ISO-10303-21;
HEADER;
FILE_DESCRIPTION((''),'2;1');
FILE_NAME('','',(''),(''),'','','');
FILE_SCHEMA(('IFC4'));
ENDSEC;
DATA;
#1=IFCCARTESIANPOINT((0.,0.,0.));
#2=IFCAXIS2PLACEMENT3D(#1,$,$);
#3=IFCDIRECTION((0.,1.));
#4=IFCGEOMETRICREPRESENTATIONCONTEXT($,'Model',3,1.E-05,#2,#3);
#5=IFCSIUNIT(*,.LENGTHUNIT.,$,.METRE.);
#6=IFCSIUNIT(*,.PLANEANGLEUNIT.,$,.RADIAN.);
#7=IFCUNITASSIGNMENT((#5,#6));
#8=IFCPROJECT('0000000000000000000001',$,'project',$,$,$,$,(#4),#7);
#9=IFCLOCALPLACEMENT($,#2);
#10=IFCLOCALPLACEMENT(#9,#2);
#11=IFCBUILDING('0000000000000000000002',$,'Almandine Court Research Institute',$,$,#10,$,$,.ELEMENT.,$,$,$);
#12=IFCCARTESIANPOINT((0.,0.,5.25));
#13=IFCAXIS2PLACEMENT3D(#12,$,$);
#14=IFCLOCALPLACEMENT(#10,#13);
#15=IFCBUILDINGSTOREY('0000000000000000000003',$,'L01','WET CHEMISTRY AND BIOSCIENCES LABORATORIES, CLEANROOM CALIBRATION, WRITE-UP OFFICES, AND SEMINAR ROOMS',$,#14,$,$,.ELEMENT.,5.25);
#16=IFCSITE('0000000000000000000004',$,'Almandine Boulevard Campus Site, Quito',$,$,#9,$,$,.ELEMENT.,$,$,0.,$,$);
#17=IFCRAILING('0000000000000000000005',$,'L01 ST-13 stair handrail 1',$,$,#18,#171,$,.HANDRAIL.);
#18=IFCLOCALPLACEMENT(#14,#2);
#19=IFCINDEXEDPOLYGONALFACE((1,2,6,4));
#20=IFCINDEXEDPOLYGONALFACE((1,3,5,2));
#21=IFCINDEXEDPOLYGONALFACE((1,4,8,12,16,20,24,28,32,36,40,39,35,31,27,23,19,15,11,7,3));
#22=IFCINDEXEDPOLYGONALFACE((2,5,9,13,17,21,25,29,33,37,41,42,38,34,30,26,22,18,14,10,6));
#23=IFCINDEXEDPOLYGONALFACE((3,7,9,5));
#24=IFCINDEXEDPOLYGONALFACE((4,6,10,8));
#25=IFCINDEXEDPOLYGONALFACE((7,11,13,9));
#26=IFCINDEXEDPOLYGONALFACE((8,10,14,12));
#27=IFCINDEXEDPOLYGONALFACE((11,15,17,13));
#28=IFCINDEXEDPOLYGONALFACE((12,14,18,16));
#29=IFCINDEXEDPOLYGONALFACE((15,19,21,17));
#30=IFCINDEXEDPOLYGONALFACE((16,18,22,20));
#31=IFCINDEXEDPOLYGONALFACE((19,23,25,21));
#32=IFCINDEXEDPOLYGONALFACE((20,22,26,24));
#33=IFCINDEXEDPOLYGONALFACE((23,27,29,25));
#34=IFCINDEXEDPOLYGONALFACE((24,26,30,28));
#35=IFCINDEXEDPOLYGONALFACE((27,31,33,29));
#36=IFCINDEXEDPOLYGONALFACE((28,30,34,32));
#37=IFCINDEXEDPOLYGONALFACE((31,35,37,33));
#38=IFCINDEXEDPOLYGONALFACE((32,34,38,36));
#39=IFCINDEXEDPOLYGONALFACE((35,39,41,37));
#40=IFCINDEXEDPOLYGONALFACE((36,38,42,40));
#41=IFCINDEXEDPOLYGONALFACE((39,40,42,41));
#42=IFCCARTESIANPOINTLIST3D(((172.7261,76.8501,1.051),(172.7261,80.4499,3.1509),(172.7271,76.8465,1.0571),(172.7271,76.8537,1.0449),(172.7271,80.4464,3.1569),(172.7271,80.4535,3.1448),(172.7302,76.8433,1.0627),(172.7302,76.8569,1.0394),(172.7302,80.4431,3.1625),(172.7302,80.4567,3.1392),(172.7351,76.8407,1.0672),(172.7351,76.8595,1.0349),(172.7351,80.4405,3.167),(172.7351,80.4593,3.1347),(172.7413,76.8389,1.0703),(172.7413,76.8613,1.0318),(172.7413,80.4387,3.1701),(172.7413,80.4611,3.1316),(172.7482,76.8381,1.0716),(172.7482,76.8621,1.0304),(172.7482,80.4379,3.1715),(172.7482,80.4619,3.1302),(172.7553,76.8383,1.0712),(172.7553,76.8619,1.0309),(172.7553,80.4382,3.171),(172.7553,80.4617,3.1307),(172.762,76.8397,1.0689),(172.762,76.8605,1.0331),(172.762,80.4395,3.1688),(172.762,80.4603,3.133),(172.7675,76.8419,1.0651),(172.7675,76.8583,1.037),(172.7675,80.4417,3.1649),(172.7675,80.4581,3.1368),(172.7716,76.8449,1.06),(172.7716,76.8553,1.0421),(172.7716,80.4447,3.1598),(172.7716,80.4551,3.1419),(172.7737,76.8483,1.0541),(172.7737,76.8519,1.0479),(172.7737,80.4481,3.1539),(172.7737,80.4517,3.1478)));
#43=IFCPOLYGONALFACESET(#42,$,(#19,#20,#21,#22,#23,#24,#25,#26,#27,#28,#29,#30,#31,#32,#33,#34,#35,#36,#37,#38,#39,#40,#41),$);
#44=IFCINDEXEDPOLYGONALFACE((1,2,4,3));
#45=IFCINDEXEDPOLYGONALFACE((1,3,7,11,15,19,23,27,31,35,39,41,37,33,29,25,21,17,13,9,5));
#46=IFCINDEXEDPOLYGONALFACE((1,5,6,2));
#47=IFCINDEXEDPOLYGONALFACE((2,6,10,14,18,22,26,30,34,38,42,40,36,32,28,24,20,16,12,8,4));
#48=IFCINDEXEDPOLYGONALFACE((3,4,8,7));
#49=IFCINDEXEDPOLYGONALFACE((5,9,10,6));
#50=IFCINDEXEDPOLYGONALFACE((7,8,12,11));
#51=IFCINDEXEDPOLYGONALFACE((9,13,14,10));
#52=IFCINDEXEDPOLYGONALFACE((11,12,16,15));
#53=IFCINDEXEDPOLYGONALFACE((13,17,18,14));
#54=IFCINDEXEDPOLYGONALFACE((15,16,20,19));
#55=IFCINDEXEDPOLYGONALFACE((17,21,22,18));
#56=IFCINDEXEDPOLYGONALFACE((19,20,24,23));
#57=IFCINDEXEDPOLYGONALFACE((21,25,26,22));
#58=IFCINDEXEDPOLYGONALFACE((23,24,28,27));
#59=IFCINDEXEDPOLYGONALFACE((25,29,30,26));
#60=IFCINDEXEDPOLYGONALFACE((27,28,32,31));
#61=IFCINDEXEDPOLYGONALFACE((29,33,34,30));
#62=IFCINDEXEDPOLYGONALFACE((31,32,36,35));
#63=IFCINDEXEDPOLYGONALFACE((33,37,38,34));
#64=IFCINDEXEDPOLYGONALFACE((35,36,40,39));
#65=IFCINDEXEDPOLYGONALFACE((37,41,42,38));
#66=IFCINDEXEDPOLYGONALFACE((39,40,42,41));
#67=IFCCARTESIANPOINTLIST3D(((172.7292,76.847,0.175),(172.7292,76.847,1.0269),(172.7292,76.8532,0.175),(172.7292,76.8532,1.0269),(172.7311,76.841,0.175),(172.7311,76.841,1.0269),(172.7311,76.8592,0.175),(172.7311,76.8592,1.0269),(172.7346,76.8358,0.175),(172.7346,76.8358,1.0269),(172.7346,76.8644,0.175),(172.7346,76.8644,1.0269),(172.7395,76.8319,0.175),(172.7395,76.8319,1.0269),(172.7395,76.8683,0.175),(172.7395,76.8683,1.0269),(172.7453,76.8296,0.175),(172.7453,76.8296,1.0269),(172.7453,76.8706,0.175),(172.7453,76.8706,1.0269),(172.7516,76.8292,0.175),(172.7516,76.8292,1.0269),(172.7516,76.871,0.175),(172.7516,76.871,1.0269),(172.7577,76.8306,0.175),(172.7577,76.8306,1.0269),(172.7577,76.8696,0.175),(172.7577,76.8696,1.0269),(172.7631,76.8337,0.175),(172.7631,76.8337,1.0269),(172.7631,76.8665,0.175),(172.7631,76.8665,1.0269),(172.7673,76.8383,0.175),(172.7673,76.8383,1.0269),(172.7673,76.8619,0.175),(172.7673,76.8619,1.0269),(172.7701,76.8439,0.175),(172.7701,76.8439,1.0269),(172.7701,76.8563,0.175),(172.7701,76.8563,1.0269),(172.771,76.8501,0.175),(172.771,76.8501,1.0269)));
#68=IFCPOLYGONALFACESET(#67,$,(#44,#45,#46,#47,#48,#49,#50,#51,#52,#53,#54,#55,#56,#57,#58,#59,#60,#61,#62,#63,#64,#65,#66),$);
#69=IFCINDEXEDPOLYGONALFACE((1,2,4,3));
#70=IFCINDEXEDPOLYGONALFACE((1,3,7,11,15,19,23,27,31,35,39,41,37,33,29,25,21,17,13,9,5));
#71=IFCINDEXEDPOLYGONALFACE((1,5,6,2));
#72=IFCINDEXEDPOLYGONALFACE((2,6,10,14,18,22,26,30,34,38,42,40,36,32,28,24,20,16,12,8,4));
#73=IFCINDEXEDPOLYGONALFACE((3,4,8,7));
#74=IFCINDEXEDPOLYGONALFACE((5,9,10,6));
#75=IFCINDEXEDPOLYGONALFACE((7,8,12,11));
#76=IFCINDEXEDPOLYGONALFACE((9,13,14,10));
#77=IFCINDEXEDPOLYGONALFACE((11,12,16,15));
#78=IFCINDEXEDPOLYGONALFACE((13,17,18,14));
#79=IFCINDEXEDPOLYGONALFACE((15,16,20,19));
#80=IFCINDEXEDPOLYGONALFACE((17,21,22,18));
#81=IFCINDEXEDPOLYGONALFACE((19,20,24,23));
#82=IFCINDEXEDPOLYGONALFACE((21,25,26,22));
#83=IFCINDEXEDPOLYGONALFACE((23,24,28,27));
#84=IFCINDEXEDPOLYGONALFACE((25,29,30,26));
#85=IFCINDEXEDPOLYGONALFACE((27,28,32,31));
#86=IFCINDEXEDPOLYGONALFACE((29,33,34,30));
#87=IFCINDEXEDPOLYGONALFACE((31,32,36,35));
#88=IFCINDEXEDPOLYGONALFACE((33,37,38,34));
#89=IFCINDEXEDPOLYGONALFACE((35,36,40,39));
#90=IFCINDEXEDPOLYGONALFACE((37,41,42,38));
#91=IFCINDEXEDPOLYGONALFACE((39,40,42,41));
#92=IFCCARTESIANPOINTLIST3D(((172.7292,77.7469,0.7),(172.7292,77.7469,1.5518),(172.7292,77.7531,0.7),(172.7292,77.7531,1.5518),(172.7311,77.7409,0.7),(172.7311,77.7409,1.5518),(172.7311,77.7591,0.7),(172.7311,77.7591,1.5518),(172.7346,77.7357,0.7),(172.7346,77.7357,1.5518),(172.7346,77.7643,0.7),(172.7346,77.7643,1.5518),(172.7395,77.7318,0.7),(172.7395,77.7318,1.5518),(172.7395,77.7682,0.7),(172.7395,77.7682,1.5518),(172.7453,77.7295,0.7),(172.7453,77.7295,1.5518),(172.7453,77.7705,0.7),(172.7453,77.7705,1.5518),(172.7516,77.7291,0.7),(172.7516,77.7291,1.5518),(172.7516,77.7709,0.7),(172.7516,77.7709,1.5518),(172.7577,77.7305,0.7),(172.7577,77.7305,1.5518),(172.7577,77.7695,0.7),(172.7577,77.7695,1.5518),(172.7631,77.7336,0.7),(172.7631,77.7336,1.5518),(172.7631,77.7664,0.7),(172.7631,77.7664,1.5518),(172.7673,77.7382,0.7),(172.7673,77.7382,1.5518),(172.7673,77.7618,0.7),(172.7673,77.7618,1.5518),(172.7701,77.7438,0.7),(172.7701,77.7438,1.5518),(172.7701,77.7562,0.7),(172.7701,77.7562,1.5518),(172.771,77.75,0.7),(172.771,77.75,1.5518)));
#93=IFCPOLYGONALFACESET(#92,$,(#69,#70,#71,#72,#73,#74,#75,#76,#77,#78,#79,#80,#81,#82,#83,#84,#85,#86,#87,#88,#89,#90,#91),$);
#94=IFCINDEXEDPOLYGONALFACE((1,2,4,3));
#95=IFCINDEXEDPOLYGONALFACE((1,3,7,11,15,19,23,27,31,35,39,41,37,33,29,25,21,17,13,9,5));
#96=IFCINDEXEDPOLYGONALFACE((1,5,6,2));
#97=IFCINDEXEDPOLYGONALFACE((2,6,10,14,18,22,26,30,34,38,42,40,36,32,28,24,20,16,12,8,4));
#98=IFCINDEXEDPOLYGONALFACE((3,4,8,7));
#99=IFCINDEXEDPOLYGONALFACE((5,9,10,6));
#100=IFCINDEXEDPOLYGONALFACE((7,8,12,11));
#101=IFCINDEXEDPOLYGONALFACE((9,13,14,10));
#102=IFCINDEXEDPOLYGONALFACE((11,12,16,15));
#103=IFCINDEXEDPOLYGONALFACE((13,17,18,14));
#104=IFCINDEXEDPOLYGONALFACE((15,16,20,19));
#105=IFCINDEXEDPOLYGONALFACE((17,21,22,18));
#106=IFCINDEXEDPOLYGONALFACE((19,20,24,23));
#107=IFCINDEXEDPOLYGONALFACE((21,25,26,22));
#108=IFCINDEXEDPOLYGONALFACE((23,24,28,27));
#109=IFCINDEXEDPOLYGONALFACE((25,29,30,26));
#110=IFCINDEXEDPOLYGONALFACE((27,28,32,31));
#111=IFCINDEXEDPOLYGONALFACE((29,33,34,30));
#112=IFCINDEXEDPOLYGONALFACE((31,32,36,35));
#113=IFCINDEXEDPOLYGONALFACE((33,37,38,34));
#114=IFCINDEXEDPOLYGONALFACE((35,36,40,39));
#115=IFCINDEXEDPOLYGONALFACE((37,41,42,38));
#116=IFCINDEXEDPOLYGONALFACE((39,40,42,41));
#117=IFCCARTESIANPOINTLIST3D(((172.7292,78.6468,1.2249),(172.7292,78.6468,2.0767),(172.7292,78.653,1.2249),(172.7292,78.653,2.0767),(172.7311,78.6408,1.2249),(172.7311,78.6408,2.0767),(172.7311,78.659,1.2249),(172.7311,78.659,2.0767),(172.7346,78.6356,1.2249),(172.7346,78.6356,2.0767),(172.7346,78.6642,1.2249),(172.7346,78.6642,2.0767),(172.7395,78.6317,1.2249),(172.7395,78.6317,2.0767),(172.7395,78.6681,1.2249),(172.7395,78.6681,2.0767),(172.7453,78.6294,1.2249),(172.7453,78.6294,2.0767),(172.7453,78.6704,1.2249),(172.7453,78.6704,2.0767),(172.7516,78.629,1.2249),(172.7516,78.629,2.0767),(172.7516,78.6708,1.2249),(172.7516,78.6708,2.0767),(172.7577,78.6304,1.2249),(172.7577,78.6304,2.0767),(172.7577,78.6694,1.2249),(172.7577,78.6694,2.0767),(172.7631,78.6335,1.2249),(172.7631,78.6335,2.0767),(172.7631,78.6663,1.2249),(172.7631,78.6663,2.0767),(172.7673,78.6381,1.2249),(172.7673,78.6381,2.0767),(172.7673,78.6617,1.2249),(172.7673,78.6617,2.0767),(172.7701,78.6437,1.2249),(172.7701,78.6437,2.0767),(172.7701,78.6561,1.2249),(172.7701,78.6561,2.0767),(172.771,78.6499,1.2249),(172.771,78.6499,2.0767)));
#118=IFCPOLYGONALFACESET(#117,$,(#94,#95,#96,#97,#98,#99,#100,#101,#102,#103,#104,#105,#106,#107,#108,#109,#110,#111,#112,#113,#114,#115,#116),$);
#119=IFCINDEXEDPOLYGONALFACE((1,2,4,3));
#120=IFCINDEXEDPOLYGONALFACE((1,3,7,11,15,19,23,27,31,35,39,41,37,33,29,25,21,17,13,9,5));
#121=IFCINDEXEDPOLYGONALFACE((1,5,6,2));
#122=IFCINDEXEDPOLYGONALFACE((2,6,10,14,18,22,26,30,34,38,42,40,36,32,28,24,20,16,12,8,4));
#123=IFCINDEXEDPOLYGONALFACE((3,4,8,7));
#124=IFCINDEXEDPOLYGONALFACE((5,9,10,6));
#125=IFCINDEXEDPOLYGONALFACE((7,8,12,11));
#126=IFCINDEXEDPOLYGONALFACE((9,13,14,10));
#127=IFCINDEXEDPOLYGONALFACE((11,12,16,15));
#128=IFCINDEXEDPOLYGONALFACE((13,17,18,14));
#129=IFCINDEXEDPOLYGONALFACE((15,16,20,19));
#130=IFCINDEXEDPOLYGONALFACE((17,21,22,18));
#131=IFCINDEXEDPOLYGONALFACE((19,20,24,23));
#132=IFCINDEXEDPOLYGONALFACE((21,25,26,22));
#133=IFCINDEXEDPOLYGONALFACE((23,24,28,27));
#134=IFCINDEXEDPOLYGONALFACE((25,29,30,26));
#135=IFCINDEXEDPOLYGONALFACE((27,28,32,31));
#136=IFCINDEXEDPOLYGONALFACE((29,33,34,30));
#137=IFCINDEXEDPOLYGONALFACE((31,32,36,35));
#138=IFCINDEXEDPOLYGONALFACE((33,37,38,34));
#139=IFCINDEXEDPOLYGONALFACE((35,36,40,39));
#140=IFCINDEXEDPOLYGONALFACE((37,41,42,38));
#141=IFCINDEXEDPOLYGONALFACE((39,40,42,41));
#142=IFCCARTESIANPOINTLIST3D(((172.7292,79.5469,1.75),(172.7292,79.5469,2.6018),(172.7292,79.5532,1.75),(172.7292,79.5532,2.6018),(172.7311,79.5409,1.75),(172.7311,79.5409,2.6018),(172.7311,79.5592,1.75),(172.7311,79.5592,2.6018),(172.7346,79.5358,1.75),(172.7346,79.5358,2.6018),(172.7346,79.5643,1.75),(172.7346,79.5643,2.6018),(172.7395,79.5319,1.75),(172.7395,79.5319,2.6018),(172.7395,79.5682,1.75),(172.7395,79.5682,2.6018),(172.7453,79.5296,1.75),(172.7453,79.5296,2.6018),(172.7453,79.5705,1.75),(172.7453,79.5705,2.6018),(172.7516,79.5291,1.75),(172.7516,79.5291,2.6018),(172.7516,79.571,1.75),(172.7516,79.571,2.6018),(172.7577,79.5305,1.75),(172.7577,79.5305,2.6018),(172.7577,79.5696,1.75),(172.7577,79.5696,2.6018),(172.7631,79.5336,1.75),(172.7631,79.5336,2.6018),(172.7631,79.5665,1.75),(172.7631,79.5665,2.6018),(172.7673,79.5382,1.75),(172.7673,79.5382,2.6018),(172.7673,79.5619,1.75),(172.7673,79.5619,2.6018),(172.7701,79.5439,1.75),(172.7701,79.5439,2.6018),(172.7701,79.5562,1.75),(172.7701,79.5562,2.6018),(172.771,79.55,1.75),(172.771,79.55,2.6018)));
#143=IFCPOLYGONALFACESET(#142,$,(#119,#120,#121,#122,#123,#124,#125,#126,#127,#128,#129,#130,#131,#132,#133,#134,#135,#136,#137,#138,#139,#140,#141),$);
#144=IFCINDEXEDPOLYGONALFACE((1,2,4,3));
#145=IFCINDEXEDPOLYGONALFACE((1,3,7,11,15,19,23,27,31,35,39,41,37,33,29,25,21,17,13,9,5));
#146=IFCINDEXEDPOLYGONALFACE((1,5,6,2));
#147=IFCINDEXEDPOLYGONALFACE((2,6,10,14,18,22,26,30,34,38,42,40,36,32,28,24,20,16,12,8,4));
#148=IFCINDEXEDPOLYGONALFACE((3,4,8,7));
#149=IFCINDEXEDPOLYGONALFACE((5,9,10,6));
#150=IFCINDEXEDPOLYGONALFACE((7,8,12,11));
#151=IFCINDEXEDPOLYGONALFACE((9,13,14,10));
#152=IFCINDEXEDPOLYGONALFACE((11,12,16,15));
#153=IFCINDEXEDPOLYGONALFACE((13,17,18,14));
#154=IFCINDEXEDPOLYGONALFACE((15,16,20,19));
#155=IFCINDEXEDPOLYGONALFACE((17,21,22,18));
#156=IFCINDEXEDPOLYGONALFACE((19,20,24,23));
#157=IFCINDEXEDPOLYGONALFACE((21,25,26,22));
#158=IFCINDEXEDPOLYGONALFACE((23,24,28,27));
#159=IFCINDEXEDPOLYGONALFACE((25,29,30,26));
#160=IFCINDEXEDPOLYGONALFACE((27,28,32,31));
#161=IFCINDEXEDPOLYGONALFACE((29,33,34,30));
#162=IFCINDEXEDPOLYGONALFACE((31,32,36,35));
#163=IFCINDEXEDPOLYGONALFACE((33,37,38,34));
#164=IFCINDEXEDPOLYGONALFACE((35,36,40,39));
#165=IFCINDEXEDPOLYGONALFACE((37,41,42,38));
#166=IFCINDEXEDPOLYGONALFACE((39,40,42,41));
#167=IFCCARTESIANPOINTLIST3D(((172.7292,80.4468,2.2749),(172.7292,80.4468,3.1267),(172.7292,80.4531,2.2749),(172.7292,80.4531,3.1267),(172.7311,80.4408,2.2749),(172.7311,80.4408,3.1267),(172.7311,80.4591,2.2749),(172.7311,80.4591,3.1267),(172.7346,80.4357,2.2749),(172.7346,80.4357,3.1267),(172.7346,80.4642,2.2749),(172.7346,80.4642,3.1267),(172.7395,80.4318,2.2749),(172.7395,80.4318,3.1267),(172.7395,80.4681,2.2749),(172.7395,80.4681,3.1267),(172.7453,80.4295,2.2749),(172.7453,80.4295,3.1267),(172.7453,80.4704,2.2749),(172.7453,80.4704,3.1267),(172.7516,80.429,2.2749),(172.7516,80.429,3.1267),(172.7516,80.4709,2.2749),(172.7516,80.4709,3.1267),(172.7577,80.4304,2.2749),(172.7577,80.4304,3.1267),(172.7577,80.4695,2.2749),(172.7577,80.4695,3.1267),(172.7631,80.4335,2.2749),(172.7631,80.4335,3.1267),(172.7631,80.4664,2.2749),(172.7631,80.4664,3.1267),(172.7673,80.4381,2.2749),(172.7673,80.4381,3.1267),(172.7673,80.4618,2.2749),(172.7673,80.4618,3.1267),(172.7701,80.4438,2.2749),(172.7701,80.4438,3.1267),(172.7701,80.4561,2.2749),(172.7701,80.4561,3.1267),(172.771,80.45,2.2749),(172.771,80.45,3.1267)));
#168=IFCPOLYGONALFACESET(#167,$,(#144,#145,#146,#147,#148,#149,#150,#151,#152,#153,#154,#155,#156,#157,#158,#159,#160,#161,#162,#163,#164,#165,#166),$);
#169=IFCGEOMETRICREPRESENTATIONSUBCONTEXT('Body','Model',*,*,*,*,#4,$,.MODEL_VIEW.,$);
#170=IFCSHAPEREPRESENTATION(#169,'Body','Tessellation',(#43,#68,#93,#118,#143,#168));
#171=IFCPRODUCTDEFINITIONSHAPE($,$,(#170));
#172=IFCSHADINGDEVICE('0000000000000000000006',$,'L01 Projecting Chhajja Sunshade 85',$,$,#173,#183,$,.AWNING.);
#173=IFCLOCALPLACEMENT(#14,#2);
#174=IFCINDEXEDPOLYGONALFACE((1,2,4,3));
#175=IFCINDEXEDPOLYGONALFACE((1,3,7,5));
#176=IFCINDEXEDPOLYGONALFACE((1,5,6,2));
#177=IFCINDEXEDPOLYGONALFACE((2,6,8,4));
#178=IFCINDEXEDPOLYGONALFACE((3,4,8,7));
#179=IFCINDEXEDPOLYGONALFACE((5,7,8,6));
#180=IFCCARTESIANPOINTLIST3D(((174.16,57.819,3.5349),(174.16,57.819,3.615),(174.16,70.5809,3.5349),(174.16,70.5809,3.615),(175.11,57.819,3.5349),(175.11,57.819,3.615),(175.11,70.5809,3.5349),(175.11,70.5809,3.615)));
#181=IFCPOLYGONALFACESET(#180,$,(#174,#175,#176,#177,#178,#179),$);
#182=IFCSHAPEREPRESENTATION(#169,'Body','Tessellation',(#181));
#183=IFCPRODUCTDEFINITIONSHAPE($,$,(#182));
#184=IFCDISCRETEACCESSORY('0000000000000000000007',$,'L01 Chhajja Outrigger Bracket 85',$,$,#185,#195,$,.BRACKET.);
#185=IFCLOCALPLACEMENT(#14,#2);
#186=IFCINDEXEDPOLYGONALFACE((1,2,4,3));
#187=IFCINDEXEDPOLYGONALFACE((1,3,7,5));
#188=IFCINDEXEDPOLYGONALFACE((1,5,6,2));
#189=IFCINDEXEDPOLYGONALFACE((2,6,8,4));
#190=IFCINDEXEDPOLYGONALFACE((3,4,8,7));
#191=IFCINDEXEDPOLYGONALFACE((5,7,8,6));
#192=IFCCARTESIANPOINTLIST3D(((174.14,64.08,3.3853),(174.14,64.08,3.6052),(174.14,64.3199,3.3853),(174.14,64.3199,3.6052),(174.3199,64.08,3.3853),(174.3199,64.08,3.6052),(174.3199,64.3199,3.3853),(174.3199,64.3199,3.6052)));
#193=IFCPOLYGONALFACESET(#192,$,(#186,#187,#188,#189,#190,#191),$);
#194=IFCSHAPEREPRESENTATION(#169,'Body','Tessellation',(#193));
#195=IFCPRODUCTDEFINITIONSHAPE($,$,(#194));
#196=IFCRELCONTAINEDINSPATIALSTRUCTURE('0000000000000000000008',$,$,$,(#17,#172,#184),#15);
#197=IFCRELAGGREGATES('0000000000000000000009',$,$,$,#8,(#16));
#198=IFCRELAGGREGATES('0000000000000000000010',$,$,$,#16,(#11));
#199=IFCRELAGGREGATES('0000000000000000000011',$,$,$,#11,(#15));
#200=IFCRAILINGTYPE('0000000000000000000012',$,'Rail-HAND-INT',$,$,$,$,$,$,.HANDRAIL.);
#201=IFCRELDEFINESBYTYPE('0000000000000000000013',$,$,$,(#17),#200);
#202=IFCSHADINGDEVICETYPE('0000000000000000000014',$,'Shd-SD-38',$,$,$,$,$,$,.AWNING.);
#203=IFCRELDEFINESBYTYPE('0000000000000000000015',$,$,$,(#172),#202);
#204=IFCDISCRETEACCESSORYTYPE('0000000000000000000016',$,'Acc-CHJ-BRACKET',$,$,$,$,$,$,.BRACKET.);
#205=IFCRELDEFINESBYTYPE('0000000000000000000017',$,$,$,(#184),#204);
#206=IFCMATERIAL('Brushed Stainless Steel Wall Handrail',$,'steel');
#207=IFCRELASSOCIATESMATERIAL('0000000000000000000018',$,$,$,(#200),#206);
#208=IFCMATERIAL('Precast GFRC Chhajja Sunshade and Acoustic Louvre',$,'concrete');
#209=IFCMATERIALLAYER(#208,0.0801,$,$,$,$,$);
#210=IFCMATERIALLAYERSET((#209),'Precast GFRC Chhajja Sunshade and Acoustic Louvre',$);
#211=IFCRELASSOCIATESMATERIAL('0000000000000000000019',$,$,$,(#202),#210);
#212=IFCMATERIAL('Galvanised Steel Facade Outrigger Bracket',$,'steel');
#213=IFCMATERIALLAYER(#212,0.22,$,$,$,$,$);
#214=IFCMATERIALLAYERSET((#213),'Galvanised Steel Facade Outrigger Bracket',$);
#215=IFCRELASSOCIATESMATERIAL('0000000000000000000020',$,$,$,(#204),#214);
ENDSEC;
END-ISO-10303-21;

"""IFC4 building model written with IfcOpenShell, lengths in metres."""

from ifc_helpers import new_model, si_unit, direction, frame, origin, origin_2d, place, context, subcontext, project, spatial, rectangle, circle, extrude, material, layer, layer_set, type_object, element, save


model = new_model("IFC4")

# Units and contexts
model_context = context("Model", 3, precision=1e-05, world=origin(), true_north=direction((0.0, 1.0)))
body_context = subcontext(model_context, "Body", "Model", "MODEL_VIEW")
ifc_project = project(units=[si_unit("LENGTHUNIT", "METRE"), si_unit("PLANEANGLEUNIT", "RADIAN")], contexts=[model_context])

# Site, building, storey
site_placement = place(None, origin())
site = spatial("IfcSite", under=ifc_project, at=site_placement, Name="Almandine Boulevard Campus Site, Quito", CompositionType="ELEMENT", RefElevation=0.0)
building_placement = place(site_placement, origin())
building = spatial("IfcBuilding", under=site, at=building_placement, Name="Almandine Court Research Institute", CompositionType="ELEMENT")
storey_placement = place(building_placement, frame((0.0, 0.0, 5.25)))
storey = spatial("IfcBuildingStorey", under=building, at=storey_placement, Name="L01", Description="WET CHEMISTRY AND BIOSCIENCES LABORATORIES, CLEANROOM CALIBRATION, WRITE-UP OFFICES, AND SEMINAR ROOMS", CompositionType="ELEMENT", Elevation=5.25)

# Railing
ifc_material_1 = material(Name="Brushed Stainless Steel Wall Handrail", Category="steel")
railing_type_1 = type_object("IfcRailingType", Name="Rail-HAND-INT", PredefinedType="HANDRAIL", material=ifc_material_1)
railing_1_placement = place(storey_placement, frame((172.75, 76.8501, 0.175)))
element("IfcRailing", 1, at=railing_1_placement, inside=storey, type_object=railing_type_1, Name="L01 ST-13 stair handrail 1", PredefinedType="HANDRAIL", context=body_context, shape_type="SweptSolid", body=[
    extrude(circle(Radius=0.0239, at=origin_2d()), frame((0.0, 0.0, 0.876), z_axis=(0.0, 0.863785, 0.50386), x_axis=(-1.0, 0.0, 0.0)), (0.0, 0.0, 1.0), 4.1675),
    extrude(circle(Radius=0.021, at=origin_2d()), origin(), (0.0, 0.0, 1.0), 0.8518),
    extrude(circle(Radius=0.021, at=origin_2d()), frame((0.0, 0.8999, 0.5249)), (0.0, 0.0, 1.0), 0.8518),
    extrude(circle(Radius=0.021, at=origin_2d()), frame((0.0, 1.7998, 1.0498)), (0.0, 0.0, 1.0), 0.8518),
    extrude(circle(Radius=0.021, at=origin_2d()), frame((0.0, 2.7, 1.575)), (0.0, 0.0, 1.0), 0.8518),
    extrude(circle(Radius=0.021, at=origin_2d()), frame((0.0, 3.5999, 2.0999)), (0.0, 0.0, 1.0), 0.8518),
])

# Shading device
ifc_material_2 = material(Name="Precast GFRC Chhajja Sunshade and Acoustic Louvre", Category="concrete")
ifc_layer_1 = layer(ifc_material_2, 0.0801)
ifc_layer_set_1 = layer_set([ifc_layer_1], Name="Precast GFRC Chhajja Sunshade and Acoustic Louvre")
shading_device_type = type_object("IfcShadingDeviceType", Name="Shd-SD-38", PredefinedType="AWNING", material=ifc_layer_set_1)
shading_device_placement = place(storey_placement, frame((174.635, 64.2, 3.5349), z_axis=(0.0, 0.0, 1.0), x_axis=(0.0, -1.0, 0.0)))
element("IfcShadingDevice", 2, at=shading_device_placement, inside=storey, type_object=shading_device_type, Name="L01 Projecting Chhajja Sunshade 85", PredefinedType="AWNING", context=body_context, shape_type="SweptSolid", body=[
    extrude(rectangle(XDim=12.762, YDim=0.95, at=origin_2d()), origin(), (0.0, 0.0, 1.0), 0.0801),
])

# Discrete accessory
ifc_material_3 = material(Name="Galvanised Steel Facade Outrigger Bracket", Category="steel")
ifc_layer_2 = layer(ifc_material_3, 0.22)
ifc_layer_set_2 = layer_set([ifc_layer_2], Name="Galvanised Steel Facade Outrigger Bracket")
discrete_accessory_type = type_object("IfcDiscreteAccessoryType", Name="Acc-CHJ-BRACKET", PredefinedType="BRACKET", material=ifc_layer_set_2)
discrete_accessory_placement = place(storey_placement, frame((174.23, 64.2, 3.3853), z_axis=(0.0, 0.0, 1.0), x_axis=(0.0, -1.0, 0.0)))
element("IfcDiscreteAccessory", 3, at=discrete_accessory_placement, inside=storey, type_object=discrete_accessory_type, Name="L01 Chhajja Outrigger Bracket 85", PredefinedType="BRACKET", context=body_context, shape_type="SweptSolid", body=[
    extrude(rectangle(XDim=0.24, YDim=0.1799, at=origin_2d()), origin(), (0.0, 0.0, 1.0), 0.22),
])

save(model, "model.ifc")
